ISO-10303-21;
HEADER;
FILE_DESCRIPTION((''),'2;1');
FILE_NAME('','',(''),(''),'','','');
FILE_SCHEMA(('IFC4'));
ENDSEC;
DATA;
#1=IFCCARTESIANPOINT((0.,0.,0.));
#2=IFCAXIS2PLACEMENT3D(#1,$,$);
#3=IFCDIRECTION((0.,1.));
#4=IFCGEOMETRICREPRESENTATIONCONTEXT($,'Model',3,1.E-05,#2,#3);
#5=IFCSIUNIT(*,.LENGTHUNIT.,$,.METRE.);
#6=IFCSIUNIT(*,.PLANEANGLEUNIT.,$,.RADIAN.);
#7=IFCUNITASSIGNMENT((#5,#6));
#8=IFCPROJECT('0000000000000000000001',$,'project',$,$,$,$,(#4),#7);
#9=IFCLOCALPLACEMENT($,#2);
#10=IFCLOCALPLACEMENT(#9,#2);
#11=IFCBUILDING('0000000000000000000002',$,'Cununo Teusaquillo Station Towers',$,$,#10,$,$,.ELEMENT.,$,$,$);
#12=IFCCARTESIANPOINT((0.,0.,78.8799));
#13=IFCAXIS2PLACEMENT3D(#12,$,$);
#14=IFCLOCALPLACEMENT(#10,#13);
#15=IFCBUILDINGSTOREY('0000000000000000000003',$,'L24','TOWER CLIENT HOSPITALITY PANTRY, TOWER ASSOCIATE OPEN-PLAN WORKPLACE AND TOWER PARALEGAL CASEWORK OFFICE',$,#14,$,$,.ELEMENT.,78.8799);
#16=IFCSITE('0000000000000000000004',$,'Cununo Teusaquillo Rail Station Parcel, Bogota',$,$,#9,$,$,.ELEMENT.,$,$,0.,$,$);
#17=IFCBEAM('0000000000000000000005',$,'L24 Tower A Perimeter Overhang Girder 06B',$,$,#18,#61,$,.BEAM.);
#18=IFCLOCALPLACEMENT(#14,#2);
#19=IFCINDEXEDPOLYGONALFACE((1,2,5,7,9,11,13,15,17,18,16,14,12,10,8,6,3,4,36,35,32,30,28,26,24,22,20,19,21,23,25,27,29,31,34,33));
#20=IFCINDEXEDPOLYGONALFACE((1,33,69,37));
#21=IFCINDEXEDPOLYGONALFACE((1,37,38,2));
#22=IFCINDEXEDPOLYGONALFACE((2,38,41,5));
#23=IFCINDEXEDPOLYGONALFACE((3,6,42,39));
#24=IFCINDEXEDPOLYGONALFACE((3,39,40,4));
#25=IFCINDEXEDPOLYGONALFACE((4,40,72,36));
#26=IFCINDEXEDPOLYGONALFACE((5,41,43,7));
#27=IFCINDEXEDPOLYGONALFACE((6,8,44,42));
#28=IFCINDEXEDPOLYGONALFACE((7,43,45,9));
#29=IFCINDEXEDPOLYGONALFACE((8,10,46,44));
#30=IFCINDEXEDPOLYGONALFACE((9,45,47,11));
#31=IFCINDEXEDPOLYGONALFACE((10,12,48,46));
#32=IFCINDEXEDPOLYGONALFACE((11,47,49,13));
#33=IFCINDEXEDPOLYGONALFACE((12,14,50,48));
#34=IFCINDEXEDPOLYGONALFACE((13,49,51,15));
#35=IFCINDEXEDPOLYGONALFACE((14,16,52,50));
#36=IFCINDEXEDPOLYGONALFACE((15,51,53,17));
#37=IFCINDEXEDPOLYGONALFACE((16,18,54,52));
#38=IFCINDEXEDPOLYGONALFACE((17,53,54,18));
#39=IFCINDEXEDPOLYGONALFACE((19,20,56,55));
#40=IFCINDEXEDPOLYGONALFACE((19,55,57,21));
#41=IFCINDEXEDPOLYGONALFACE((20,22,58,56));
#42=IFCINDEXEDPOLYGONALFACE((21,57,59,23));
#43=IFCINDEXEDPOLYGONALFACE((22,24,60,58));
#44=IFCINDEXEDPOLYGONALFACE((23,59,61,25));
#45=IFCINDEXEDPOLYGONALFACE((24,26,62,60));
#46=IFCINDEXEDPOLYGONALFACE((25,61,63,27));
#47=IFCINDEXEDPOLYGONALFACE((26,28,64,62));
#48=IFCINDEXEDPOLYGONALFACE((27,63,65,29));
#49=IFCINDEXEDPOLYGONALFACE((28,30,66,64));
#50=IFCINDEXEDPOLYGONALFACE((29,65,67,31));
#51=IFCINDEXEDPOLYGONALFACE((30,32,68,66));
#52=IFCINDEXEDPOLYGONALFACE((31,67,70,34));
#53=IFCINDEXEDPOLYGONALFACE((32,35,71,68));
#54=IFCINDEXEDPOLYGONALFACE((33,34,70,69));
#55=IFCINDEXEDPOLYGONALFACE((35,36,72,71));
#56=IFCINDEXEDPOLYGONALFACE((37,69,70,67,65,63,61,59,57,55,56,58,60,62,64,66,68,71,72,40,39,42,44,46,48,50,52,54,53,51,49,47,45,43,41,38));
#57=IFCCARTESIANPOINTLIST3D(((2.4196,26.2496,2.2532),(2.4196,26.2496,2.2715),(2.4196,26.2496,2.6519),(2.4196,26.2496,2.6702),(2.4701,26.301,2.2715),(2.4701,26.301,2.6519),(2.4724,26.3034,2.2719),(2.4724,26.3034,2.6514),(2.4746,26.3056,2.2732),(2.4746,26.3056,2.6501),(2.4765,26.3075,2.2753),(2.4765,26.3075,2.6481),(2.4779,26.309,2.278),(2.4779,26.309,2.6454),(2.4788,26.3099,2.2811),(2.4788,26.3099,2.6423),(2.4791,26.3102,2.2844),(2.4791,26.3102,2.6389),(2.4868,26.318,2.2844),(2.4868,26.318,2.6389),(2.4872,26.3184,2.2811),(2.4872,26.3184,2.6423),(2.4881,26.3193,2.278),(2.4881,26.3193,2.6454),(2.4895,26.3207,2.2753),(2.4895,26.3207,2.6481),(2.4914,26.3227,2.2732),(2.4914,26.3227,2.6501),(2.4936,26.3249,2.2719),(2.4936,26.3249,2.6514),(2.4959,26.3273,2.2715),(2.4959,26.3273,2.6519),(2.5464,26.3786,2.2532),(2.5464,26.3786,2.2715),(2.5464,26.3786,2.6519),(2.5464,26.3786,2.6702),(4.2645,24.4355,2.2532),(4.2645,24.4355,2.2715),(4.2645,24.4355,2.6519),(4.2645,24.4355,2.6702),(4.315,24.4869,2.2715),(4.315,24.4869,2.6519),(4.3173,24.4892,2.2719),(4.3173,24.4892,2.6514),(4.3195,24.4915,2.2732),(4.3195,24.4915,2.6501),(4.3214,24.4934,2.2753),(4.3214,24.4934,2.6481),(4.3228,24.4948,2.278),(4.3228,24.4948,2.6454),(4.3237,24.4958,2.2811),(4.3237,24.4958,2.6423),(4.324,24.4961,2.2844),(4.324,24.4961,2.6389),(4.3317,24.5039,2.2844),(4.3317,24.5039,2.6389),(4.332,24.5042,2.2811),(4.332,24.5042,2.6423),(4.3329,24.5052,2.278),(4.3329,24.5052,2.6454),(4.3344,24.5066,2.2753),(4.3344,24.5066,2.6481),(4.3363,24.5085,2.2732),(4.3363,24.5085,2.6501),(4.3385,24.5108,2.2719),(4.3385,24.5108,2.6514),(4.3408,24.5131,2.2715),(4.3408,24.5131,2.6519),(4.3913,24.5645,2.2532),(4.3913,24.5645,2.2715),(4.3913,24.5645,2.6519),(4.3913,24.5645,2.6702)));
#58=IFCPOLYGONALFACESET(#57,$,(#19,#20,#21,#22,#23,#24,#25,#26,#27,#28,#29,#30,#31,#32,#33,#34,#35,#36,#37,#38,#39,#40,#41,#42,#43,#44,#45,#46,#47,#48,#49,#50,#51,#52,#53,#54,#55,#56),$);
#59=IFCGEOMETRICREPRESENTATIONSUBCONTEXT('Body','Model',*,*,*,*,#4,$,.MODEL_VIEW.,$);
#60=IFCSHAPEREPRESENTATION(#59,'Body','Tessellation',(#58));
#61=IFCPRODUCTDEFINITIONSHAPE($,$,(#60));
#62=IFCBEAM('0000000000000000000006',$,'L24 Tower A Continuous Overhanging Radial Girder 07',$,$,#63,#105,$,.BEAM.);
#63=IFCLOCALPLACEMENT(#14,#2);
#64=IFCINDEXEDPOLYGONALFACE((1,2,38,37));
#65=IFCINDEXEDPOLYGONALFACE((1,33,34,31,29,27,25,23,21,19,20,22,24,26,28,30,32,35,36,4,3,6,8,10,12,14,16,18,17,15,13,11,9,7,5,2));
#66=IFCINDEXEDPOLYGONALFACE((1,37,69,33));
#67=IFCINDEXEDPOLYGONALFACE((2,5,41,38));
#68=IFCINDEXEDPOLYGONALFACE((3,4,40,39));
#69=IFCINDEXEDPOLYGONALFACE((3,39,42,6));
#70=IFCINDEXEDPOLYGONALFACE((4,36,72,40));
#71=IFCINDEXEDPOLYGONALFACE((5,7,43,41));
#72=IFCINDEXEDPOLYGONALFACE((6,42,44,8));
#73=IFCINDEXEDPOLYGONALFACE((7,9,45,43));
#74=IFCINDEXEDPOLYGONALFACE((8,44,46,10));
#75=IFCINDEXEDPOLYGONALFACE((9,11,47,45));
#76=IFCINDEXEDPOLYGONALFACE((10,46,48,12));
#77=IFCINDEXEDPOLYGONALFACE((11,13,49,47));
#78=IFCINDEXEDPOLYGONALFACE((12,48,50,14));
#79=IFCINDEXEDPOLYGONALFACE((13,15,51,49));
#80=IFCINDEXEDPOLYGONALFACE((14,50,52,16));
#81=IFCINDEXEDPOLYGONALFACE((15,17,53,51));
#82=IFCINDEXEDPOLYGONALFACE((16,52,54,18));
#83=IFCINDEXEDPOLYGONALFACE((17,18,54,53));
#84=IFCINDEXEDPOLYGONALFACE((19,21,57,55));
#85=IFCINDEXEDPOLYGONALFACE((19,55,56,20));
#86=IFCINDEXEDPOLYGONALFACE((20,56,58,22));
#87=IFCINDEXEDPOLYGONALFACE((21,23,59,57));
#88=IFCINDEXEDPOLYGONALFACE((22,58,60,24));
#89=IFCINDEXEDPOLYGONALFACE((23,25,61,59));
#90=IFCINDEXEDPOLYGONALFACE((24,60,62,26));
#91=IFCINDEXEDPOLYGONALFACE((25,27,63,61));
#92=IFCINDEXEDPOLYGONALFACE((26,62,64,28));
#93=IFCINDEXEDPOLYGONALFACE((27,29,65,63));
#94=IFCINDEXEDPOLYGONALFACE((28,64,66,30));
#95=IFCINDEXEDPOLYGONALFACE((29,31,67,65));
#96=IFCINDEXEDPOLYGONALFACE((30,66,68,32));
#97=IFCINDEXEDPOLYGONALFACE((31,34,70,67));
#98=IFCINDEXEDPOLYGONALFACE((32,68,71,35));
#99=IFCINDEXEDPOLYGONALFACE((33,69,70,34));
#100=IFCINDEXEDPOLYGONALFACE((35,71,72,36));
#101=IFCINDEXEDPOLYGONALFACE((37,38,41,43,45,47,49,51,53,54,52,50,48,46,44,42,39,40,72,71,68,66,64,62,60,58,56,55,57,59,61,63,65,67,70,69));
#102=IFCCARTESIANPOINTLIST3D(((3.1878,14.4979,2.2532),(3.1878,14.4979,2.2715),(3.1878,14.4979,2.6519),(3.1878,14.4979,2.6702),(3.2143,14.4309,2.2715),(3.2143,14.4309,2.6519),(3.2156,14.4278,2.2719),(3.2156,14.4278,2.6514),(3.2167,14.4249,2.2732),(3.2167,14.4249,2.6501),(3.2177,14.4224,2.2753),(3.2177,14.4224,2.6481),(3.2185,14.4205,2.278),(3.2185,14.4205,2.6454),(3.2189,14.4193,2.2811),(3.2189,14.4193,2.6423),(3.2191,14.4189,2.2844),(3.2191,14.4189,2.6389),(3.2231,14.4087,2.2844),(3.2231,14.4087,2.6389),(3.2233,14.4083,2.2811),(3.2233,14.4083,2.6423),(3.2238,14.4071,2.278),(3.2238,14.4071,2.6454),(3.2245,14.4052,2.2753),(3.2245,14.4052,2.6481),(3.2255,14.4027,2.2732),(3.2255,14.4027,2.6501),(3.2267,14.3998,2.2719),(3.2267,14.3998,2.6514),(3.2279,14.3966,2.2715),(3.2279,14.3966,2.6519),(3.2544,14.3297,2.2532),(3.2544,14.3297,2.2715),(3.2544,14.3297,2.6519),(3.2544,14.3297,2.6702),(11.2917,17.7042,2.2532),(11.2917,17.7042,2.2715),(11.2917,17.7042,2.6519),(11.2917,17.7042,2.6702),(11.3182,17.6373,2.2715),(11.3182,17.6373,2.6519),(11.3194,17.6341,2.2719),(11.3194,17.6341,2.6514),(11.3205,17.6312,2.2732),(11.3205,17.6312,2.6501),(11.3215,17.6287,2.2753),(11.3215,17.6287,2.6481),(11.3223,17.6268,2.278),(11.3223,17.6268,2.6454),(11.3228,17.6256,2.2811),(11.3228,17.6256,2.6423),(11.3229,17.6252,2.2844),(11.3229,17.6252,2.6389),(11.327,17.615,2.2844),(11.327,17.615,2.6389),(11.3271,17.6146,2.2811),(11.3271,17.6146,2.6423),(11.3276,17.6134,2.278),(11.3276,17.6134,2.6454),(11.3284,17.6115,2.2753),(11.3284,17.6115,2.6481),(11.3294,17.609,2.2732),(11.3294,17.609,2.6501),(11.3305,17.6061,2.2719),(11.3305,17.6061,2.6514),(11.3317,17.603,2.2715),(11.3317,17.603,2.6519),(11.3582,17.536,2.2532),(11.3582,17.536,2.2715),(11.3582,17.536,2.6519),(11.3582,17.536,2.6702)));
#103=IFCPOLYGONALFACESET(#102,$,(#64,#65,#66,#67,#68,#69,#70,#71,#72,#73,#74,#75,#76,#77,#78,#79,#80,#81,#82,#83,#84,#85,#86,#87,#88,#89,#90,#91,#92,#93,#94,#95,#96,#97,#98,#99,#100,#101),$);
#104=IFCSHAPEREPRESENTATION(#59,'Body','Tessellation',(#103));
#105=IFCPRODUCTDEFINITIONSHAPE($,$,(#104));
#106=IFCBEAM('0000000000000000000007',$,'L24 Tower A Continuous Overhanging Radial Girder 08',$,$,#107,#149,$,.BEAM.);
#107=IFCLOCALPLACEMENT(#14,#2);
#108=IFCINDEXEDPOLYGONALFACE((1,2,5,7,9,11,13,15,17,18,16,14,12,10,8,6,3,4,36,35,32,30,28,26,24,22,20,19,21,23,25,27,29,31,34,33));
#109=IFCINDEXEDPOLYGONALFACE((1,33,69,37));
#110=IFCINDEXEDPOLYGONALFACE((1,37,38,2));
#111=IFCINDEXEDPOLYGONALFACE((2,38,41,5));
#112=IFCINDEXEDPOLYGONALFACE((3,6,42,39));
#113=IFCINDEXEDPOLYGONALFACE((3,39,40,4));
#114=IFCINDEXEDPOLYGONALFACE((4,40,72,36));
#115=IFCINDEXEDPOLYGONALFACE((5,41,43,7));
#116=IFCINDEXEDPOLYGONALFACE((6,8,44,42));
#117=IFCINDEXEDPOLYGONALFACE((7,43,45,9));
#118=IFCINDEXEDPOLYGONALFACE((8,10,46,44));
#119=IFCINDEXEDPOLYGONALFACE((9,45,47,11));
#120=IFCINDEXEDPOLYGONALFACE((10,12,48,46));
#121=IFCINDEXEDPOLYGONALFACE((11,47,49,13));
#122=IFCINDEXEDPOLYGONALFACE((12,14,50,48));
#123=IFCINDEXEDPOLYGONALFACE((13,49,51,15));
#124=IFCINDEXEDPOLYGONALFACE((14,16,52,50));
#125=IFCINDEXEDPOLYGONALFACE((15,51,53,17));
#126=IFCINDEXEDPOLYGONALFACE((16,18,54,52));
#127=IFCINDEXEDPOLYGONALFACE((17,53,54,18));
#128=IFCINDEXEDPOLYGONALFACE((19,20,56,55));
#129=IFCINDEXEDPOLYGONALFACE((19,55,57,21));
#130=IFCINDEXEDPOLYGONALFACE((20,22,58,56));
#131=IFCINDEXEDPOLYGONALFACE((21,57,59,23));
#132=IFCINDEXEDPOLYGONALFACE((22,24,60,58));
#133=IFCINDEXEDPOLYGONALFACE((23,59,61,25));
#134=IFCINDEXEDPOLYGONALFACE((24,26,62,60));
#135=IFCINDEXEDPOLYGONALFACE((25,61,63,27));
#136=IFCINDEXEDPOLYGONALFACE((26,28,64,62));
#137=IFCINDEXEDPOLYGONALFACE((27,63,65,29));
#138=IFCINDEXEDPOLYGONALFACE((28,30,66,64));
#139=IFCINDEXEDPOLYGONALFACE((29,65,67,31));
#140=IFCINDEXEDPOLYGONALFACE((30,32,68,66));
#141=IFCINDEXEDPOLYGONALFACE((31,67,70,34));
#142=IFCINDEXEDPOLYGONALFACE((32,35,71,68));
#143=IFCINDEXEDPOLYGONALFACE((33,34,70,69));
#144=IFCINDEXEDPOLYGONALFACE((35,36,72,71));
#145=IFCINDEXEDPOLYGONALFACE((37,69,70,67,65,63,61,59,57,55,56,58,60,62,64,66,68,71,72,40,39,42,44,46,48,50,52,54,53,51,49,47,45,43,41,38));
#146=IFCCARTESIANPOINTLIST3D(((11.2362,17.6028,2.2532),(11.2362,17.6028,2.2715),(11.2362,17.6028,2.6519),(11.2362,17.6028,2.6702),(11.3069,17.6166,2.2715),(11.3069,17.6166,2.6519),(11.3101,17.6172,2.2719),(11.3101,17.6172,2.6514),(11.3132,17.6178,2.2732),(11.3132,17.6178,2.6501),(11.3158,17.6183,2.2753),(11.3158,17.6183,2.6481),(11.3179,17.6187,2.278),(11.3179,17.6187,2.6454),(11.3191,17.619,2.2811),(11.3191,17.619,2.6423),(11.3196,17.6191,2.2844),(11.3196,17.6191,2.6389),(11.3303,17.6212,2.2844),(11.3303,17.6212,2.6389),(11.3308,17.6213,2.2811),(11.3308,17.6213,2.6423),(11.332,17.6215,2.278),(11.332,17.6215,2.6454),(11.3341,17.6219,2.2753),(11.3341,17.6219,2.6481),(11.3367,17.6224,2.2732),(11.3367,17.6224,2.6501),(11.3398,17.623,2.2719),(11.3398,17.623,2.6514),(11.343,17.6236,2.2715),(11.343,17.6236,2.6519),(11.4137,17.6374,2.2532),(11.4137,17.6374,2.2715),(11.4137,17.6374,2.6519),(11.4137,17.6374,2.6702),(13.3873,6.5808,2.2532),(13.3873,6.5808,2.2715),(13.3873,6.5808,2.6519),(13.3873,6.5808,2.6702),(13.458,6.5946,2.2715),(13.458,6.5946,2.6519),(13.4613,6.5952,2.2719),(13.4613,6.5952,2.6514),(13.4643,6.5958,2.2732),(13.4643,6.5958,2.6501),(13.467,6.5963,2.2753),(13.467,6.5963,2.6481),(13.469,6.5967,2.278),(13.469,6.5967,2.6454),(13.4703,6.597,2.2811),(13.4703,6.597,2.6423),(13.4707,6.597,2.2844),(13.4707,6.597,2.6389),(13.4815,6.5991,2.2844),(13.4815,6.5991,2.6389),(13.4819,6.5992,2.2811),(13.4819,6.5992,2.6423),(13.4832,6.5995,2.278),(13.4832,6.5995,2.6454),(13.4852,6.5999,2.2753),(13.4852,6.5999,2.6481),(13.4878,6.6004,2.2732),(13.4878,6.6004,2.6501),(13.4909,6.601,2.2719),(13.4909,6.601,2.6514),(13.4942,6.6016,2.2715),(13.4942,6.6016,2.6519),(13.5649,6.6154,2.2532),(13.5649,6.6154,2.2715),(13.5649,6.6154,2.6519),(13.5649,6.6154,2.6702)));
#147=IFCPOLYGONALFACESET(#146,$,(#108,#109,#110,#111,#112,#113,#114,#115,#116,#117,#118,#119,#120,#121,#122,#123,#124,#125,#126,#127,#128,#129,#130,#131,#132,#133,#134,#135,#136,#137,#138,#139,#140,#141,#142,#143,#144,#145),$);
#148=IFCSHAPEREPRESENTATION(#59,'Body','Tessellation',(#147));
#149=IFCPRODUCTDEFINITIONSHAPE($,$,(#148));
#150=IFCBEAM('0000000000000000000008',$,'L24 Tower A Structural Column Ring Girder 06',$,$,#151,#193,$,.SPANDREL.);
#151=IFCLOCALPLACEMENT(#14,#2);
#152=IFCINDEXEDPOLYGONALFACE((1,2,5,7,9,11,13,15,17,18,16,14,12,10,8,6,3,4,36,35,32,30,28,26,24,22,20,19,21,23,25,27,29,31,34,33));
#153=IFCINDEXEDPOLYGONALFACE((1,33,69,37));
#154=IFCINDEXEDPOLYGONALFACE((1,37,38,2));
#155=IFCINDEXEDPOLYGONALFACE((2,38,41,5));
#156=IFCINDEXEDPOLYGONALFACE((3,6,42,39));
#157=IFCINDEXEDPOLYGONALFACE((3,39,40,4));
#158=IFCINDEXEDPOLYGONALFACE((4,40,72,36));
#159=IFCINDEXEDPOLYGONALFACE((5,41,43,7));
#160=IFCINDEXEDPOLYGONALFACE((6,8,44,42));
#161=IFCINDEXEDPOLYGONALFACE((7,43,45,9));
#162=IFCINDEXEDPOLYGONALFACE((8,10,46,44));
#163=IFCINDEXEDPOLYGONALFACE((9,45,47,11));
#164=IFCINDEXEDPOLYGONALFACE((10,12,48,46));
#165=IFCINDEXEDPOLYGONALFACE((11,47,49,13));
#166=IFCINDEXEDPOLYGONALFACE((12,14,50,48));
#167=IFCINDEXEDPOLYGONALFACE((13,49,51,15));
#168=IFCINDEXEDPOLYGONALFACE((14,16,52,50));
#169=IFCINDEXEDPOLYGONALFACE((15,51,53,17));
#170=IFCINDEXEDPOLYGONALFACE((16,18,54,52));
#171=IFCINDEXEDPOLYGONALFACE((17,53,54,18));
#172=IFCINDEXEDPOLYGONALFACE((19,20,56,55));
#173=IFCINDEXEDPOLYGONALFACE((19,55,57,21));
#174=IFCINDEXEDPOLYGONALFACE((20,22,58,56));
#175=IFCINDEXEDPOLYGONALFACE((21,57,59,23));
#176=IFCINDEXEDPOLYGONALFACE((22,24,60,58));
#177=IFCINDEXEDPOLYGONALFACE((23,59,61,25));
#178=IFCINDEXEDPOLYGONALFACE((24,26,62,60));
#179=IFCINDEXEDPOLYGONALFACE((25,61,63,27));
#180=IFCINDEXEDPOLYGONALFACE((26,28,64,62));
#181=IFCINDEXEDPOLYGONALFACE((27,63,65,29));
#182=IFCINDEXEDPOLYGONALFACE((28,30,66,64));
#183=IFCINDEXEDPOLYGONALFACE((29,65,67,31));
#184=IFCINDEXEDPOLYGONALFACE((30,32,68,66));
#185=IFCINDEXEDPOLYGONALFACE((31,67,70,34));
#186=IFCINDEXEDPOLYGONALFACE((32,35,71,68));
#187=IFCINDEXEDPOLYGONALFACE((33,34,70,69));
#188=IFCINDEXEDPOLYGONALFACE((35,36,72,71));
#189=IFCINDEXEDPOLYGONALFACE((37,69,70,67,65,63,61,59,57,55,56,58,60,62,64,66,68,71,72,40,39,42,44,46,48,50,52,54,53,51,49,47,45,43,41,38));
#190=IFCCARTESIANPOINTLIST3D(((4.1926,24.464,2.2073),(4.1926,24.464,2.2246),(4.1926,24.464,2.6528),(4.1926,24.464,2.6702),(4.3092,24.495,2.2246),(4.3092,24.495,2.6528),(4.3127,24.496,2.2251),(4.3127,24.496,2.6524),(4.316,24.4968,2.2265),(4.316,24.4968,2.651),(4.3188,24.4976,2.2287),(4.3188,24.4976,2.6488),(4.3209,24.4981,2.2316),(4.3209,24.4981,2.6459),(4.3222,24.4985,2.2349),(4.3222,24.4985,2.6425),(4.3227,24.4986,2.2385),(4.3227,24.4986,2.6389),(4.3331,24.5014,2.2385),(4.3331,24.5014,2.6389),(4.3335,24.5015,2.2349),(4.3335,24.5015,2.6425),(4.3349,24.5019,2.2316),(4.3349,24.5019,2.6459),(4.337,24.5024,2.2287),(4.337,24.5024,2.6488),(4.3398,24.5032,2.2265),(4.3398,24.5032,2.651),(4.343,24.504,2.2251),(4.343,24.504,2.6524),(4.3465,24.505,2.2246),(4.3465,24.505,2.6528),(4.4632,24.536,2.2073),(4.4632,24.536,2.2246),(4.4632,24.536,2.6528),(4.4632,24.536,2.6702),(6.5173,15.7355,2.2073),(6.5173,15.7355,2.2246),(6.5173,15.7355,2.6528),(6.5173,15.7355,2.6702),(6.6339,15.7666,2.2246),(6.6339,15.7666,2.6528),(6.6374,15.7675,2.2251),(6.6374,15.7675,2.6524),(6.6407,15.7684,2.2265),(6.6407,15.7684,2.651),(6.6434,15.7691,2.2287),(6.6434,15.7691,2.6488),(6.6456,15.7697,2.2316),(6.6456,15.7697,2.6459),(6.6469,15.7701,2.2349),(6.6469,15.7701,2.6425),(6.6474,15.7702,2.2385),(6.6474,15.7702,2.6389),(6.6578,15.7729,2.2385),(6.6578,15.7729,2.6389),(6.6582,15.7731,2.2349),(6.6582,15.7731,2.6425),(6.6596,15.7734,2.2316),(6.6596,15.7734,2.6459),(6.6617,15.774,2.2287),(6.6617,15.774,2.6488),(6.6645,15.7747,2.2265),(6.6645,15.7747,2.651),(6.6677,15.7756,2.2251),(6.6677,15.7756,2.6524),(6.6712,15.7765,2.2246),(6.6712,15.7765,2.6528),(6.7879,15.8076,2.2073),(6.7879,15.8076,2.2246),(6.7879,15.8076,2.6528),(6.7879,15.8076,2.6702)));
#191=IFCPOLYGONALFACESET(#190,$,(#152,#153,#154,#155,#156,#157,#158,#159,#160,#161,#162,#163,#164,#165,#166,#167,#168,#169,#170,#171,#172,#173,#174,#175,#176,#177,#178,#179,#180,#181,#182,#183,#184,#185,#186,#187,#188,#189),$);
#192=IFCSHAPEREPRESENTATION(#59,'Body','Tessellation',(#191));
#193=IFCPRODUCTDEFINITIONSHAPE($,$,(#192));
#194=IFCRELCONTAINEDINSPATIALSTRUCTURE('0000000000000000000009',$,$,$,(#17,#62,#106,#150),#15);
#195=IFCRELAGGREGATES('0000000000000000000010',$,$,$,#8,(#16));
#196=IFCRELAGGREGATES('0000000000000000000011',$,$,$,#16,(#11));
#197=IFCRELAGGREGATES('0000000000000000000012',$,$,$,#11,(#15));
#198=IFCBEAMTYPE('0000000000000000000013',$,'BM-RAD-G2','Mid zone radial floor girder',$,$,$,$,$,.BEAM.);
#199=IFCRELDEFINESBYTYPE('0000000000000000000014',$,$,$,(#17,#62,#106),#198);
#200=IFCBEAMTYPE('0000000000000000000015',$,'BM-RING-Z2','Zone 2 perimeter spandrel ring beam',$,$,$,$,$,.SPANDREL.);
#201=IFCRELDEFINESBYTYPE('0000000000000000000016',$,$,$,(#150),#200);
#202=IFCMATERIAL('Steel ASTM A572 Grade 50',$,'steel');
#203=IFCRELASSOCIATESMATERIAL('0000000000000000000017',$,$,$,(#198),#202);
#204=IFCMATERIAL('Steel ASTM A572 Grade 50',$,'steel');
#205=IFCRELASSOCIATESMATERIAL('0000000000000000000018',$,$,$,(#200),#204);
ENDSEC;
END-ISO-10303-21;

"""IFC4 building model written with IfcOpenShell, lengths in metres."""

from ifc_helpers import new_model, si_unit, direction, frame, origin, origin_2d, place, context, subcontext, project, spatial, i_section, extrude, material, material_profile, profile_set, type_object, element, save


model = new_model("IFC4")

# Units and contexts
model_context = context("Model", 3, precision=1e-05, world=origin(), true_north=direction((0.0, 1.0)))
body_context = subcontext(model_context, "Body", "Model", "MODEL_VIEW")
ifc_project = project(units=[si_unit("LENGTHUNIT", "METRE"), si_unit("PLANEANGLEUNIT", "RADIAN")], contexts=[model_context])

# Site, building, storey
site_placement = place(None, origin())
site = spatial("IfcSite", under=ifc_project, at=site_placement, Name="Cununo Teusaquillo Rail Station Parcel, Bogota", CompositionType="ELEMENT", RefElevation=0.0)
building_placement = place(site_placement, origin())
building = spatial("IfcBuilding", under=site, at=building_placement, Name="Cununo Teusaquillo Station Towers", CompositionType="ELEMENT")
storey_placement = place(building_placement, frame((0.0, 0.0, 78.8799)))
storey = spatial("IfcBuildingStorey", under=building, at=storey_placement, Name="L24", Description="TOWER CLIENT HOSPITALITY PANTRY, TOWER ASSOCIATE OPEN-PLAN WORKPLACE AND TOWER PARALEGAL CASEWORK OFFICE", CompositionType="ELEMENT", Elevation=78.8799)

# Beams
ifc_material_1 = material(Name="Steel ASTM A572 Grade 50", Category="steel")
ifc_material_profile_1 = material_profile(ifc_material_1, i_section(OverallWidth=0.1809, OverallDepth=0.417, WebThickness=0.011, FlangeThickness=0.0183, FilletRadius=0.0129, at=origin_2d()), Name="W16X57")
ifc_profile_set_1 = profile_set([ifc_material_profile_1], Name="Steel ASTM A572 Grade 50")
beam_type_1 = type_object("IfcBeamType", Name="BM-RAD-G2", Description="Mid zone radial floor girder", PredefinedType="BEAM", material=ifc_profile_set_1)
beam_1_placement = place(storey_placement, frame((4.3279, 24.5, 2.4617), z_axis=(-0.713026, 0.701138, 0.0), x_axis=(-0.701138, -0.713026, 0.0)))
element("IfcBeam", 1, at=beam_1_placement, inside=storey, type_object=beam_type_1, Name="L24 Tower A Perimeter Overhang Girder 06B", PredefinedType="BEAM", context=body_context, shape_type="SweptSolid", body=[
    extrude(i_section(OverallWidth=0.1809, OverallDepth=0.417, WebThickness=0.011, FlangeThickness=0.0183, FilletRadius=0.0129, at=origin_2d()), origin(), (0.0, 0.0, 1.0), 2.5874),
])
beam_2_placement = place(storey_placement, frame((11.325, 17.6201, 2.4617), z_axis=(-0.929863, -0.367906, 0.0), x_axis=(0.367906, -0.929863, 0.0)))
element("IfcBeam", 2, at=beam_2_placement, inside=storey, type_object=beam_type_1, Name="L24 Tower A Continuous Overhanging Radial Girder 07", PredefinedType="BEAM", context=body_context, shape_type="SweptSolid", body=[
    extrude(i_section(OverallWidth=0.1809, OverallDepth=0.417, WebThickness=0.011, FlangeThickness=0.0183, FilletRadius=0.0129, at=origin_2d()), origin(), (0.0, 0.0, 1.0), 8.7151),
])
beam_3_placement = place(storey_placement, frame((11.325, 17.6201, 2.4617), z_axis=(0.191553, -0.981482, 0.0), x_axis=(0.981482, 0.191553, 0.0)))
element("IfcBeam", 3, at=beam_3_placement, inside=storey, type_object=beam_type_1, Name="L24 Tower A Continuous Overhanging Radial Girder 08", PredefinedType="BEAM", context=body_context, shape_type="SweptSolid", body=[
    extrude(i_section(OverallWidth=0.1809, OverallDepth=0.417, WebThickness=0.011, FlangeThickness=0.0183, FilletRadius=0.0129, at=origin_2d()), origin(), (0.0, 0.0, 1.0), 11.23),
])
ifc_material_2 = material(Name="Steel ASTM A572 Grade 50", Category="steel")
ifc_material_profile_2 = material_profile(ifc_material_2, i_section(OverallWidth=0.28, OverallDepth=0.4629, WebThickness=0.0107, FlangeThickness=0.0173, FilletRadius=0.0139, at=origin_2d()), Name="W18X76")
ifc_profile_set_2 = profile_set([ifc_material_profile_2], Name="Steel ASTM A572 Grade 50")
beam_type_2 = type_object("IfcBeamType", Name="BM-RING-Z2", Description="Zone 2 perimeter spandrel ring beam", PredefinedType="SPANDREL", material=ifc_profile_set_2)
beam_4_placement = place(storey_placement, frame((4.3279, 24.5, 2.4387), z_axis=(0.257363, -0.966315, 0.0), x_axis=(0.966315, 0.257363, 0.0)))
element("IfcBeam", 4, at=beam_4_placement, inside=storey, type_object=beam_type_2, Name="L24 Tower A Structural Column Ring Girder 06", PredefinedType="SPANDREL", context=body_context, shape_type="SweptSolid", body=[
    extrude(i_section(OverallWidth=0.28, OverallDepth=0.4629, WebThickness=0.0107, FlangeThickness=0.0173, FilletRadius=0.0139, at=origin_2d()), origin(), (0.0, 0.0, 1.0), 9.0327),
])

save(model, "model.ifc")
